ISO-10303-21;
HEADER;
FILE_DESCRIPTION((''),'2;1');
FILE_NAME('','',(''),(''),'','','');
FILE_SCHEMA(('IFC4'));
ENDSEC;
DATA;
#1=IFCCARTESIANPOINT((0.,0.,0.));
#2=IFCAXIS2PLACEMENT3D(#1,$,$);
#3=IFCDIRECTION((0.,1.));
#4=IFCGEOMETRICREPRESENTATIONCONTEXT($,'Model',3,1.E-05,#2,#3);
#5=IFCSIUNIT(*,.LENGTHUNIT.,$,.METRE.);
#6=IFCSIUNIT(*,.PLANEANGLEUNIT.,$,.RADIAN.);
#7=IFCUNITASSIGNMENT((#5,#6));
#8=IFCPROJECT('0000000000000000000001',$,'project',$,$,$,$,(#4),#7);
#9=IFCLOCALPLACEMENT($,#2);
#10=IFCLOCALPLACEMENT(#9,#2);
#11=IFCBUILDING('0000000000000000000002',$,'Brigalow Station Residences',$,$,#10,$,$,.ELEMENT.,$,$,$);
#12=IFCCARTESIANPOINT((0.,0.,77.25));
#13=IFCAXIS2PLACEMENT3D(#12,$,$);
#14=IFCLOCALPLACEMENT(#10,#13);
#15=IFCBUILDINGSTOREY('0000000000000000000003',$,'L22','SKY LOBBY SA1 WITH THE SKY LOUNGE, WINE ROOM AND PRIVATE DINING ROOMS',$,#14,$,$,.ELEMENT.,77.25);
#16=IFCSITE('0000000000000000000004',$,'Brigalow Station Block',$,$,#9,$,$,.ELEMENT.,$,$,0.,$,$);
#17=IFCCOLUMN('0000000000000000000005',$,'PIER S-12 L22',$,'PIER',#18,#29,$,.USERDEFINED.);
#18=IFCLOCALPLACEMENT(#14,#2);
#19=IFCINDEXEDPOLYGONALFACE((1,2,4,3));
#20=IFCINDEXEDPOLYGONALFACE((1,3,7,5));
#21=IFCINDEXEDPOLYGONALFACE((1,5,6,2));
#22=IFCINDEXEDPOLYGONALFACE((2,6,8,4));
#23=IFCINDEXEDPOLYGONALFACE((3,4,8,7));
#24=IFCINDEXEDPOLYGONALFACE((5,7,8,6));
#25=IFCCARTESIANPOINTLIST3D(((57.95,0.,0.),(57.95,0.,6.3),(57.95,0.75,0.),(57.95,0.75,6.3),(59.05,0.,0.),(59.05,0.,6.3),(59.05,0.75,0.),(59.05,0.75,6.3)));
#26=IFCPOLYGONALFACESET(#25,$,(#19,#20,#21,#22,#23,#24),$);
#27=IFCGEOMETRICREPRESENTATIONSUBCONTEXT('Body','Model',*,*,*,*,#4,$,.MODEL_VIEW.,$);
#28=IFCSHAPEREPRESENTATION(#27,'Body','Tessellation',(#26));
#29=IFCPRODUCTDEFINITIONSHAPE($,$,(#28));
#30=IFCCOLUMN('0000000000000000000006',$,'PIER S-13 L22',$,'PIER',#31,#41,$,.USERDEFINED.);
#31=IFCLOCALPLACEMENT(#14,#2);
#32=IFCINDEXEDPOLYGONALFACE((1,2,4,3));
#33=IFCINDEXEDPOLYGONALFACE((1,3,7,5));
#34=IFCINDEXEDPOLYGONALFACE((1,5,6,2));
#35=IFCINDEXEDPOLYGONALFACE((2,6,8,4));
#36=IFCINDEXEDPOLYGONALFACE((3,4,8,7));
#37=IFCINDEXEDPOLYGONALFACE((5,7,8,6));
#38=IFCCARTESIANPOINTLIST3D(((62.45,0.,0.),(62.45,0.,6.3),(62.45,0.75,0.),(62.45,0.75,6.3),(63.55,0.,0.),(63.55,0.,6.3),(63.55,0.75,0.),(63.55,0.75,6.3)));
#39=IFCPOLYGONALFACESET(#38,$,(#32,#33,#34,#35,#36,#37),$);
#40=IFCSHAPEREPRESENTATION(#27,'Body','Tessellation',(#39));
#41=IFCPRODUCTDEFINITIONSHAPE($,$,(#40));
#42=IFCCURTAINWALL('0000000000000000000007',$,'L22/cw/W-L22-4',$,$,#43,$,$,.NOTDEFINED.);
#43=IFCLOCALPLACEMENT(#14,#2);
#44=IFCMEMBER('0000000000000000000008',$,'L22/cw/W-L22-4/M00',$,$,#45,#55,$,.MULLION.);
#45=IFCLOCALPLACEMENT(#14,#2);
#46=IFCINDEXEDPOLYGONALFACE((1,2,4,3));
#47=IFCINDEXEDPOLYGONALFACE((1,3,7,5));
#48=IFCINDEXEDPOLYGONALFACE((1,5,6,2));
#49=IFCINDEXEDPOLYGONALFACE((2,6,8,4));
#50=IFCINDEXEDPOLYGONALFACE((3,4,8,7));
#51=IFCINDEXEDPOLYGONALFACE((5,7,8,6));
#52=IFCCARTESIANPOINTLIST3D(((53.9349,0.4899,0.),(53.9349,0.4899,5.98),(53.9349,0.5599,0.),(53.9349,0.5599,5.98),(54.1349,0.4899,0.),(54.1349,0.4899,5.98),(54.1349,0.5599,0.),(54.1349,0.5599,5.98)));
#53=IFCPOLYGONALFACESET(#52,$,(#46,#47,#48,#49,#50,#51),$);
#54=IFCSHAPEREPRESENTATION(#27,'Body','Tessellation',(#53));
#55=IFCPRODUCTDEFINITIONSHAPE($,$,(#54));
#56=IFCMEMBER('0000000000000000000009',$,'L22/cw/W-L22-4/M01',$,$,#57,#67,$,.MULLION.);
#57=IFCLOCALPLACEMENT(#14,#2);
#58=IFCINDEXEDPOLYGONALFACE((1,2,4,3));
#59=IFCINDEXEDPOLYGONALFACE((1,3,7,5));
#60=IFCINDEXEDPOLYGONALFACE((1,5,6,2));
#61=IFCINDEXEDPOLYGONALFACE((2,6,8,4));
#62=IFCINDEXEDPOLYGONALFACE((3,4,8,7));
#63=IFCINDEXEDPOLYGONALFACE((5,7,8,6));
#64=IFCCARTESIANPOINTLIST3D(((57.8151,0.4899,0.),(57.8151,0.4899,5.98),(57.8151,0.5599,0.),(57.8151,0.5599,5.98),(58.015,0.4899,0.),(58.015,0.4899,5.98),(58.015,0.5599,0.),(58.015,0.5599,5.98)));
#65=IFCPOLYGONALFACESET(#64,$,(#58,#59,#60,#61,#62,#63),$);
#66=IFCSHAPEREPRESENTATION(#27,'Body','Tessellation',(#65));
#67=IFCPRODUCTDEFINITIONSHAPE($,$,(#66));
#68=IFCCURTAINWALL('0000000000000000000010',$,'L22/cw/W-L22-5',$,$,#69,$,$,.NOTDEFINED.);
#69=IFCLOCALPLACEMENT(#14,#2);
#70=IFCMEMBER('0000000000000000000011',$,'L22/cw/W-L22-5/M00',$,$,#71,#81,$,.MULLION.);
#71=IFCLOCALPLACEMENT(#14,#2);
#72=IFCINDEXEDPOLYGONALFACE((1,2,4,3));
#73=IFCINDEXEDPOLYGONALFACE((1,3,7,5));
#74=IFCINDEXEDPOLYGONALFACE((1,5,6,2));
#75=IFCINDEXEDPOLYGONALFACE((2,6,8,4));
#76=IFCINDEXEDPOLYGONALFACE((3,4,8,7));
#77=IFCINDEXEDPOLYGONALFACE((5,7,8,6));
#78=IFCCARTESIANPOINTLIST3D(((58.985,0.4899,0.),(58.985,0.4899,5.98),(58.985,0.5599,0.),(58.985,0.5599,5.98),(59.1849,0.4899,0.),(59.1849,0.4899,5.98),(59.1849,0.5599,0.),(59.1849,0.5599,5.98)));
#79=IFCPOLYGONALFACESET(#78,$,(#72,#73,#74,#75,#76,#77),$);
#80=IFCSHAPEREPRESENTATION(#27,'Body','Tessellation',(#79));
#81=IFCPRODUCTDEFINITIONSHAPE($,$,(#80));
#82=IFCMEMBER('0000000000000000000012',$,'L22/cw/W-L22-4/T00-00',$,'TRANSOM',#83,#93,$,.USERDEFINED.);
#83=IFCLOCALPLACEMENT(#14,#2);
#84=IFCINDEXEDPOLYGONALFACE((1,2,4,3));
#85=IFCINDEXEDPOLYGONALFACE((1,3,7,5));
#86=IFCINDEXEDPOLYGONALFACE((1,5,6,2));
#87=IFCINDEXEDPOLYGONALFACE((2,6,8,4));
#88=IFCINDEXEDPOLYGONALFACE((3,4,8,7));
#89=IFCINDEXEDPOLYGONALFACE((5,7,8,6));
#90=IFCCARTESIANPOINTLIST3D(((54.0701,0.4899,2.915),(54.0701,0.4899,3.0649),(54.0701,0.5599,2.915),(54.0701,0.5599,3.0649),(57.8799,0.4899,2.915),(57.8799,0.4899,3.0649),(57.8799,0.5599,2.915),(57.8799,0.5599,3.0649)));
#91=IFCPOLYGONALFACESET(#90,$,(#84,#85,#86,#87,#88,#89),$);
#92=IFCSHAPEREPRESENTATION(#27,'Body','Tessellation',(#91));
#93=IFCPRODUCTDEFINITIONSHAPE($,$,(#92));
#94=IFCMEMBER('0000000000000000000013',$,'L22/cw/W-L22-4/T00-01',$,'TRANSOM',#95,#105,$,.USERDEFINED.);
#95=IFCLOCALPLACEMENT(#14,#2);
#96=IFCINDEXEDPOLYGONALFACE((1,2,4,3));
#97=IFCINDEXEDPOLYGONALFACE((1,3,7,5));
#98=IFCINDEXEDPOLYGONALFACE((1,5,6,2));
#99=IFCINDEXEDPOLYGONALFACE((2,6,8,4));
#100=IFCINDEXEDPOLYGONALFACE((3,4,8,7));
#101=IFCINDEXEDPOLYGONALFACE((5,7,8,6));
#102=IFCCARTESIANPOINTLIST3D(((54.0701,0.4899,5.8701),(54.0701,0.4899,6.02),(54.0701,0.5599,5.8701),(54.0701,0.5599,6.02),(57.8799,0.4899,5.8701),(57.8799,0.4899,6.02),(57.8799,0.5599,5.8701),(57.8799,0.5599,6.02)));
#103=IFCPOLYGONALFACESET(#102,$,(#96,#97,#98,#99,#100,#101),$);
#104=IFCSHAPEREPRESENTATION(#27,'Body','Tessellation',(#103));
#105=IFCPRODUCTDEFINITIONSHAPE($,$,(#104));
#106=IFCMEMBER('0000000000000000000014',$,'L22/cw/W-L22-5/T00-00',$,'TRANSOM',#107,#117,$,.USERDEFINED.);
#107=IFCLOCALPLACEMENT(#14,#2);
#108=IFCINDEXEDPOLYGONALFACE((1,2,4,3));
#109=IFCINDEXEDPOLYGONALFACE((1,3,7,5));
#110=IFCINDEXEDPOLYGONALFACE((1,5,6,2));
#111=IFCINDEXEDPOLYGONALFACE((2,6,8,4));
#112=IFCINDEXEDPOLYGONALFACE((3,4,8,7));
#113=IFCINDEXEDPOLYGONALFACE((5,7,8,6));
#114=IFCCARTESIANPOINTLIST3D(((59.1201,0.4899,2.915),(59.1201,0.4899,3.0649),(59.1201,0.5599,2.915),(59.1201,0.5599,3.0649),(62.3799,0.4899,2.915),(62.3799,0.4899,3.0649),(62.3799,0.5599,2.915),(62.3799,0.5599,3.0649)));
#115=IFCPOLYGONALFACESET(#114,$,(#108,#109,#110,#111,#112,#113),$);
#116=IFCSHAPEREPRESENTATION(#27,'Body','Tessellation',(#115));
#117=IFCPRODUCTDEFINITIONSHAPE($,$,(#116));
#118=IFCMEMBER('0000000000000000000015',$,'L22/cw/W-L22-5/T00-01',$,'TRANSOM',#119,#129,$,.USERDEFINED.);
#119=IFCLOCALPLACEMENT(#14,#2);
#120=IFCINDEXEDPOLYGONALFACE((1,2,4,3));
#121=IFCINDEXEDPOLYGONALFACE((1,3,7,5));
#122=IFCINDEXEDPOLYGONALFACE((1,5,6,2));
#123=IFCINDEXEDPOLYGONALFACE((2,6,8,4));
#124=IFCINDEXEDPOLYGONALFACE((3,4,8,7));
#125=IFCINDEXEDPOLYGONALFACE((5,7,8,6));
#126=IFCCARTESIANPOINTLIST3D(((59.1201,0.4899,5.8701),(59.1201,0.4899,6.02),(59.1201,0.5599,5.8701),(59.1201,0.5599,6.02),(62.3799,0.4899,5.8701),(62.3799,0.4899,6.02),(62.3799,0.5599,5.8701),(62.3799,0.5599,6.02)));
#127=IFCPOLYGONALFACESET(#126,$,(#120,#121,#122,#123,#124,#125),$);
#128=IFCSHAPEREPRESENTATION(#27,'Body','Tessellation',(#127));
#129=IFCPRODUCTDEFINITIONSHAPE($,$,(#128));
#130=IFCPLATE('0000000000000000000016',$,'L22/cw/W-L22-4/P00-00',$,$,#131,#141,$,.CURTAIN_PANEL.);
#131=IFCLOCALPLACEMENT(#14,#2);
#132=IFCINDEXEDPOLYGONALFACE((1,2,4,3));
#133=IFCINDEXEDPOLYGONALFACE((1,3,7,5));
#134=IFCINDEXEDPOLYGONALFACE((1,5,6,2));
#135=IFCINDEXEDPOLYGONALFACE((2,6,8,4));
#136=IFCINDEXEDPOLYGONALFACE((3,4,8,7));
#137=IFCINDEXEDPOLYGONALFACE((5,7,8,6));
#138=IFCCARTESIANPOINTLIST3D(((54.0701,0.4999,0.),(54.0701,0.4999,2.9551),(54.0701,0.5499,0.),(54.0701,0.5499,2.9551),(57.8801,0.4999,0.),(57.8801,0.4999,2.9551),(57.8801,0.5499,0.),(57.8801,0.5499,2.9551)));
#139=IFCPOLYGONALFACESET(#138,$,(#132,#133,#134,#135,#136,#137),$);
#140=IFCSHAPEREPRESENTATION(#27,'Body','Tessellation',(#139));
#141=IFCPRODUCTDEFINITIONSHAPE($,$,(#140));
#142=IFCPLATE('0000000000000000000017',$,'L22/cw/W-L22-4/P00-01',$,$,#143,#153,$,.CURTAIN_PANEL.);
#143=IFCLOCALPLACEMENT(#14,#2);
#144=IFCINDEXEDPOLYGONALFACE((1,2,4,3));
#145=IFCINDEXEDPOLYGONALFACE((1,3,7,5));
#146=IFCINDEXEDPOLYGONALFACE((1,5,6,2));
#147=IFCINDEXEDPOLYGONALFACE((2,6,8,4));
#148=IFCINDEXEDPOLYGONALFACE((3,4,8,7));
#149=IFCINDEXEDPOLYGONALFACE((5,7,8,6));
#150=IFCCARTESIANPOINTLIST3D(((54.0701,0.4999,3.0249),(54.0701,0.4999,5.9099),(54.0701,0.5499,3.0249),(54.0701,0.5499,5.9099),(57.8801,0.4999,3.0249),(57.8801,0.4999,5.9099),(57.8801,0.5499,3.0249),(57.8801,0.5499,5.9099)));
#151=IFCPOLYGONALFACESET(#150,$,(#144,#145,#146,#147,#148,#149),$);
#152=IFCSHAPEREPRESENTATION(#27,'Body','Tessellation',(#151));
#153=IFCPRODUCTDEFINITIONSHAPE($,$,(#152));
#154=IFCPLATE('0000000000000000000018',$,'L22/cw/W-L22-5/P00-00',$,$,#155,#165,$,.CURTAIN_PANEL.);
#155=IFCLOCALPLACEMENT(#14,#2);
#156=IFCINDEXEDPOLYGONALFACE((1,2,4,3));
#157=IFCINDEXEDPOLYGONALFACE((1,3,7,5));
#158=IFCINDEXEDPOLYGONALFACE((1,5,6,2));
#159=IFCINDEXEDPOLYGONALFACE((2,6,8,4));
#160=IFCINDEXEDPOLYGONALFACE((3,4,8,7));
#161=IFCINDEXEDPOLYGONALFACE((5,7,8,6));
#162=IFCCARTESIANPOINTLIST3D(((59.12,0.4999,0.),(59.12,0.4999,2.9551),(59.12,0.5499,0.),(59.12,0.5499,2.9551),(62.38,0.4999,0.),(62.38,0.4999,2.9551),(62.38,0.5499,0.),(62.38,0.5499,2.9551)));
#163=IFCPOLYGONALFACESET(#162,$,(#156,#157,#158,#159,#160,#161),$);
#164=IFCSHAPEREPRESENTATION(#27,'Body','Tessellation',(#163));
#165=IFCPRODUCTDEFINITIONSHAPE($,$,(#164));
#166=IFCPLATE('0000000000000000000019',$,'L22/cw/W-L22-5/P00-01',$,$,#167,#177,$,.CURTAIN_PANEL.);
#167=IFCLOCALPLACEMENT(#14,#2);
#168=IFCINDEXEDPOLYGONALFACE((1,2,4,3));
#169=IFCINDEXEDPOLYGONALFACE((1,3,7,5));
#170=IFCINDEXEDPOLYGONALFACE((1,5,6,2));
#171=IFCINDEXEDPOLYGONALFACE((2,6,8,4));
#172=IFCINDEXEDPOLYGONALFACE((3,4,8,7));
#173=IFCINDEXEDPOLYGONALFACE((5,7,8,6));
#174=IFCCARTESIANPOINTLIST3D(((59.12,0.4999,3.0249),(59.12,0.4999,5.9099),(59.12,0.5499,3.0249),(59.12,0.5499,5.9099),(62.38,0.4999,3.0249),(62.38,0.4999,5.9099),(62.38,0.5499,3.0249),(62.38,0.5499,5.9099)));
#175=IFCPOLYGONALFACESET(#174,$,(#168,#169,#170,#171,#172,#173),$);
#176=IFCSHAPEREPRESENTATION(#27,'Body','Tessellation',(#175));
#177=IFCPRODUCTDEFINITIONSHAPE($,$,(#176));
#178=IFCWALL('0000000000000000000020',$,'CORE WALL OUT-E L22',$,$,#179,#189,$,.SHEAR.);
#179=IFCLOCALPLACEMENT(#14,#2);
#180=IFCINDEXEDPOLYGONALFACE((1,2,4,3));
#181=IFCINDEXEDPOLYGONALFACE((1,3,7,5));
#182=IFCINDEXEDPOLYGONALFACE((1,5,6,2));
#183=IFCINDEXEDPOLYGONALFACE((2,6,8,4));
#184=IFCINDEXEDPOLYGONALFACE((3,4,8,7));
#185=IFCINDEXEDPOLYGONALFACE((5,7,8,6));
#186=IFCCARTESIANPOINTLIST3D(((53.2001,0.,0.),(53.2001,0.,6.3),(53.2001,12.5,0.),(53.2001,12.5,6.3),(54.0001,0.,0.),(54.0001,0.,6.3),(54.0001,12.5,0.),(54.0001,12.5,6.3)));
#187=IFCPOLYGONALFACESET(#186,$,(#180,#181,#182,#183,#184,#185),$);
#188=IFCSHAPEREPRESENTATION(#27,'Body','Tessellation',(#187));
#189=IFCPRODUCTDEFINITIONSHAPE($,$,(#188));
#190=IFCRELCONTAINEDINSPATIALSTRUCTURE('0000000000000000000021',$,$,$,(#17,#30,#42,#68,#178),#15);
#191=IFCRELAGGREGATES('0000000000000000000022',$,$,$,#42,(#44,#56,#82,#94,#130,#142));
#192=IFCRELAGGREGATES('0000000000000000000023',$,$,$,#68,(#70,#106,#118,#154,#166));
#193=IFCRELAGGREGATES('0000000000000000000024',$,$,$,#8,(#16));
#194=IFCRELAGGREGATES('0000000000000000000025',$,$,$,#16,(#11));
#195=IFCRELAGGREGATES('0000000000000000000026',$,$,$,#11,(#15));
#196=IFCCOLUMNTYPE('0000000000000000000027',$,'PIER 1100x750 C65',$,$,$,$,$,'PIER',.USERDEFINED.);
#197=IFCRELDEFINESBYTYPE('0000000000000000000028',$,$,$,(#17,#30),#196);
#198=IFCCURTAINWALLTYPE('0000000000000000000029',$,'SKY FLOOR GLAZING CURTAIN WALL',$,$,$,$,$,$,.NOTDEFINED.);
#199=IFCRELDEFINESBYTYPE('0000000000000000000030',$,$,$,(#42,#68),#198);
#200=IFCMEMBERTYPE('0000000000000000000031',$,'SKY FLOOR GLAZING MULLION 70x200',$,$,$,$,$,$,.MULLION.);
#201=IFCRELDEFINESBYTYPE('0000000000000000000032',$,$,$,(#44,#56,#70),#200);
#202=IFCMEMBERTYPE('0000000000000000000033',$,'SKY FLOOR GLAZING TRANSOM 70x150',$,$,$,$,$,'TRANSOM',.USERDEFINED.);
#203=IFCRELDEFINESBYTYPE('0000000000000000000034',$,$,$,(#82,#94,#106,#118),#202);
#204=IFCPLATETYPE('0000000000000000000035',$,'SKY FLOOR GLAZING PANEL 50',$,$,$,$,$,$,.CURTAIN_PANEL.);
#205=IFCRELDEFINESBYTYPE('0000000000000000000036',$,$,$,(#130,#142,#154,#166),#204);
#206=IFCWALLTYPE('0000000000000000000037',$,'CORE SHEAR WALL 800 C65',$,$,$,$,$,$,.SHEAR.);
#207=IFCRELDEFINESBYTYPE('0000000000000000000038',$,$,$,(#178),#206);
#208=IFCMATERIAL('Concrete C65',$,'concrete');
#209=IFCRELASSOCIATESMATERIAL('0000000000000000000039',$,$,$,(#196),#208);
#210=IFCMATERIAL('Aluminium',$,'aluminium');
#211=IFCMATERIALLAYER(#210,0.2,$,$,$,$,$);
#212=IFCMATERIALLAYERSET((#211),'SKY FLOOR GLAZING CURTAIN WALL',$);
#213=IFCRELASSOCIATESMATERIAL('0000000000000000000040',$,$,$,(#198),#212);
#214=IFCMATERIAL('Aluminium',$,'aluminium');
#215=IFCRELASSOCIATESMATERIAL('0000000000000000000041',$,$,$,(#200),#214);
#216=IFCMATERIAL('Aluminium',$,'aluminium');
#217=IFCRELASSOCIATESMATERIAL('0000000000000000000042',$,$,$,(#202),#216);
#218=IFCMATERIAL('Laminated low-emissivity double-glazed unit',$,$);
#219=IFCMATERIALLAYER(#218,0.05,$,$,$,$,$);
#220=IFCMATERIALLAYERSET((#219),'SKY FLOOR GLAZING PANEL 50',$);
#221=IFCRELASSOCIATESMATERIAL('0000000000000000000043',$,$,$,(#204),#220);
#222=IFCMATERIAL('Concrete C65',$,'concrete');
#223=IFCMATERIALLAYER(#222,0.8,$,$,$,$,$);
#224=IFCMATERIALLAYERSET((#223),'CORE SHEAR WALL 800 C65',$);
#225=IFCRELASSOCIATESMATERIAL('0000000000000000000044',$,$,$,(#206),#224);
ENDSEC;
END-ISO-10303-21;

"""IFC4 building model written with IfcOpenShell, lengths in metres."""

from ifc_helpers import new_model, si_unit, direction, frame, frame_2d, origin, origin_2d, place, context, subcontext, project, spatial, rectangle, extrude, material, layer, layer_set, material_profile, profile_set, type_object, element, aggregate, save


model = new_model("IFC4")

# Units and contexts
model_context = context("Model", 3, precision=1e-05, world=origin(), true_north=direction((0.0, 1.0)))
body_context = subcontext(model_context, "Body", "Model", "MODEL_VIEW")
ifc_project = project(units=[si_unit("LENGTHUNIT", "METRE"), si_unit("PLANEANGLEUNIT", "RADIAN")], contexts=[model_context])

# Site, building, storey
site_placement = place(None, origin())
site = spatial("IfcSite", under=ifc_project, at=site_placement, Name="Brigalow Station Block", CompositionType="ELEMENT", RefElevation=0.0)
building_placement = place(site_placement, origin())
building = spatial("IfcBuilding", under=site, at=building_placement, Name="Brigalow Station Residences", CompositionType="ELEMENT")
storey_placement = place(building_placement, frame((0.0, 0.0, 77.25)))
storey = spatial("IfcBuildingStorey", under=building, at=storey_placement, Name="L22", Description="SKY LOBBY SA1 WITH THE SKY LOUNGE, WINE ROOM AND PRIVATE DINING ROOMS", CompositionType="ELEMENT", Elevation=77.25)

# Columns
ifc_material_1 = material(Name="Concrete C65", Category="concrete")
ifc_material_profile_1 = material_profile(ifc_material_1, rectangle(XDim=1.1001, YDim=0.75, at=origin_2d()), Name="RC1100x750")
ifc_profile_set_1 = profile_set([ifc_material_profile_1], Name="Concrete C65")
column_type = type_object("IfcColumnType", Name="PIER 1100x750 C65", ElementType="PIER", PredefinedType="USERDEFINED", material=ifc_profile_set_1)
for number, where, z_axis, x_axis, name in (
    (1, (58.5, 0.375, 0.0), (0.0, 0.0, 1.0), (1.0, 0.0, 0.0), "PIER S-12 L22"),
    (2, (63.0, 0.375, 0.0), (0.0, 0.0, 1.0), (1.0, 0.0, 0.0), "PIER S-13 L22"),
):
    element("IfcColumn", number, at=place(storey_placement, frame(where, z_axis=z_axis, x_axis=x_axis)), inside=storey, type_object=column_type, Name=name, ObjectType="PIER", PredefinedType="USERDEFINED", context=body_context, shape_type="SweptSolid", body=[
        extrude(rectangle(XDim=1.1001, YDim=0.75, at=origin_2d()), origin(), (0.0, 0.0, 1.0), 6.3),
    ])

# Curtain wall, members
ifc_material_2 = material(Name="Aluminium", Category="aluminium")
ifc_layer_1 = layer(ifc_material_2, 0.2)
ifc_layer_set_1 = layer_set([ifc_layer_1], Name="SKY FLOOR GLAZING CURTAIN WALL")
curtain_wall_type = type_object("IfcCurtainWallType", Name="SKY FLOOR GLAZING CURTAIN WALL", PredefinedType="NOTDEFINED", material=ifc_layer_set_1)
curtain_wall_1_placement = place(storey_placement, origin())
curtain_wall_1 = element("IfcCurtainWall", 3, at=curtain_wall_1_placement, inside=storey, type_object=curtain_wall_type, Name="L22/cw/W-L22-4", PredefinedType="NOTDEFINED")
ifc_material_3 = material(Name="Aluminium", Category="aluminium")
ifc_material_profile_2 = material_profile(ifc_material_3, rectangle(XDim=0.0701, YDim=0.2, at=origin_2d()), Name="SKY FLOOR GLAZING MULLION 70x200")
ifc_profile_set_2 = profile_set([ifc_material_profile_2], Name="Aluminium")
member_type_1 = type_object("IfcMemberType", Name="SKY FLOOR GLAZING MULLION 70x200", PredefinedType="MULLION", material=ifc_profile_set_2)
member_1_placement = place(storey_placement, frame((54.0349, 0.5249, 0.0), z_axis=(0.0, 0.0, 1.0), x_axis=(0.0, 1.0, 0.0)))
member_1 = element("IfcMember", 4, at=member_1_placement, type_object=member_type_1, Name="L22/cw/W-L22-4/M00", PredefinedType="MULLION", context=body_context, shape_type="SweptSolid", body=[
    extrude(rectangle(XDim=0.0701, YDim=0.2, at=origin_2d()), origin(), (0.0, 0.0, 1.0), 5.98),
])
member_2_placement = place(storey_placement, frame((57.915, 0.5249, 0.0), z_axis=(0.0, 0.0, 1.0), x_axis=(0.0, 1.0, 0.0)))
member_2 = element("IfcMember", 5, at=member_2_placement, type_object=member_type_1, Name="L22/cw/W-L22-4/M01", PredefinedType="MULLION", context=body_context, shape_type="SweptSolid", body=[
    extrude(rectangle(XDim=0.0701, YDim=0.2, at=origin_2d()), origin(), (0.0, 0.0, 1.0), 5.98),
])

# Curtain wall, member
curtain_wall_2_placement = place(storey_placement, origin())
curtain_wall_2 = element("IfcCurtainWall", 6, at=curtain_wall_2_placement, inside=storey, type_object=curtain_wall_type, Name="L22/cw/W-L22-5", PredefinedType="NOTDEFINED")
member_3_placement = place(storey_placement, frame((59.085, 0.5249, 0.0), z_axis=(0.0, 0.0, 1.0), x_axis=(0.0, 1.0, 0.0)))
member_3 = element("IfcMember", 7, at=member_3_placement, type_object=member_type_1, Name="L22/cw/W-L22-5/M00", PredefinedType="MULLION", context=body_context, shape_type="SweptSolid", body=[
    extrude(rectangle(XDim=0.0701, YDim=0.2, at=origin_2d()), origin(), (0.0, 0.0, 1.0), 5.98),
])

# Members
ifc_material_4 = material(Name="Aluminium", Category="aluminium")
ifc_material_profile_3 = material_profile(ifc_material_4, rectangle(XDim=0.0701, YDim=0.1499, at=origin_2d()), Name="SKY FLOOR GLAZING TRANSOM 70x150")
ifc_profile_set_3 = profile_set([ifc_material_profile_3], Name="Aluminium")
member_type_2 = type_object("IfcMemberType", Name="SKY FLOOR GLAZING TRANSOM 70x150", ElementType="TRANSOM", PredefinedType="USERDEFINED", material=ifc_profile_set_3)
member_4_placement = place(storey_placement, frame((54.0701, 0.5249, 2.99), z_axis=(1.0, 0.0, 0.0), x_axis=(0.0, 1.0, 0.0)))
member_4 = element("IfcMember", 8, at=member_4_placement, type_object=member_type_2, Name="L22/cw/W-L22-4/T00-00", ObjectType="TRANSOM", PredefinedType="USERDEFINED", context=body_context, shape_type="SweptSolid", body=[
    extrude(rectangle(XDim=0.0701, YDim=0.1499, at=origin_2d()), origin(), (0.0, 0.0, 1.0), 3.8098),
])
member_5_placement = place(storey_placement, frame((54.0701, 0.5249, 5.9451), z_axis=(1.0, 0.0, 0.0), x_axis=(0.0, 1.0, 0.0)))
member_5 = element("IfcMember", 9, at=member_5_placement, type_object=member_type_2, Name="L22/cw/W-L22-4/T00-01", ObjectType="TRANSOM", PredefinedType="USERDEFINED", context=body_context, shape_type="SweptSolid", body=[
    extrude(rectangle(XDim=0.0701, YDim=0.1499, at=origin_2d()), origin(), (0.0, 0.0, 1.0), 3.8098),
])
member_6_placement = place(storey_placement, frame((59.1201, 0.5249, 2.99), z_axis=(1.0, 0.0, 0.0), x_axis=(0.0, 1.0, 0.0)))
member_6 = element("IfcMember", 10, at=member_6_placement, type_object=member_type_2, Name="L22/cw/W-L22-5/T00-00", ObjectType="TRANSOM", PredefinedType="USERDEFINED", context=body_context, shape_type="SweptSolid", body=[
    extrude(rectangle(XDim=0.0701, YDim=0.1499, at=origin_2d()), origin(), (0.0, 0.0, 1.0), 3.2598),
])
member_7_placement = place(storey_placement, frame((59.1201, 0.5249, 5.9451), z_axis=(1.0, 0.0, 0.0), x_axis=(0.0, 1.0, 0.0)))
member_7 = element("IfcMember", 11, at=member_7_placement, type_object=member_type_2, Name="L22/cw/W-L22-5/T00-01", ObjectType="TRANSOM", PredefinedType="USERDEFINED", context=body_context, shape_type="SweptSolid", body=[
    extrude(rectangle(XDim=0.0701, YDim=0.1499, at=origin_2d()), origin(), (0.0, 0.0, 1.0), 3.2598),
])

# Plates
ifc_material_5 = material(Name="Laminated low-emissivity double-glazed unit")
ifc_layer_2 = layer(ifc_material_5, 0.05)
ifc_layer_set_2 = layer_set([ifc_layer_2], Name="SKY FLOOR GLAZING PANEL 50")
plate_type = type_object("IfcPlateType", Name="SKY FLOOR GLAZING PANEL 50", PredefinedType="CURTAIN_PANEL", material=ifc_layer_set_2)
plate_1_placement = place(storey_placement, frame((55.9751, 0.5249, 0.0), z_axis=(0.0, 0.0, 1.0), x_axis=(1.0, 0.0, 0.0)))
plate_1 = element("IfcPlate", 12, at=plate_1_placement, type_object=plate_type, Name="L22/cw/W-L22-4/P00-00", PredefinedType="CURTAIN_PANEL", context=body_context, shape_type="SweptSolid", body=[
    extrude(rectangle(XDim=3.8101, YDim=0.05, at=origin_2d()), origin(), (0.0, 0.0, 1.0), 2.9551),
])
plate_2_placement = place(storey_placement, frame((55.9751, 0.5249, 3.0249), z_axis=(0.0, 0.0, 1.0), x_axis=(1.0, 0.0, 0.0)))
plate_2 = element("IfcPlate", 13, at=plate_2_placement, type_object=plate_type, Name="L22/cw/W-L22-4/P00-01", PredefinedType="CURTAIN_PANEL", context=body_context, shape_type="SweptSolid", body=[
    extrude(rectangle(XDim=3.8101, YDim=0.05, at=origin_2d()), origin(), (0.0, 0.0, 1.0), 2.885),
])
aggregate(curtain_wall_1, [member_1, member_2, member_4, member_5, plate_1, plate_2])
plate_3_placement = place(storey_placement, frame((60.75, 0.5249, 0.0), z_axis=(0.0, 0.0, 1.0), x_axis=(1.0, 0.0, 0.0)))
plate_3 = element("IfcPlate", 14, at=plate_3_placement, type_object=plate_type, Name="L22/cw/W-L22-5/P00-00", PredefinedType="CURTAIN_PANEL", context=body_context, shape_type="SweptSolid", body=[
    extrude(rectangle(XDim=3.26, YDim=0.05, at=origin_2d()), origin(), (0.0, 0.0, 1.0), 2.9551),
])
plate_4_placement = place(storey_placement, frame((60.75, 0.5249, 3.0249), z_axis=(0.0, 0.0, 1.0), x_axis=(1.0, 0.0, 0.0)))
plate_4 = element("IfcPlate", 15, at=plate_4_placement, type_object=plate_type, Name="L22/cw/W-L22-5/P00-01", PredefinedType="CURTAIN_PANEL", context=body_context, shape_type="SweptSolid", body=[
    extrude(rectangle(XDim=3.26, YDim=0.05, at=origin_2d()), origin(), (0.0, 0.0, 1.0), 2.885),
])
aggregate(curtain_wall_2, [member_3, member_6, member_7, plate_3, plate_4])

# Wall
ifc_material_6 = material(Name="Concrete C65", Category="concrete")
ifc_layer_3 = layer(ifc_material_6, 0.8)
ifc_layer_set_3 = layer_set([ifc_layer_3], Name="CORE SHEAR WALL 800 C65")
wall_type = type_object("IfcWallType", Name="CORE SHEAR WALL 800 C65", PredefinedType="SHEAR", material=ifc_layer_set_3)
wall_placement = place(storey_placement, frame((53.6001, 0.0, 0.0), z_axis=(0.0, 0.0, 1.0), x_axis=(0.0, 1.0, 0.0)))
element("IfcWall", 16, at=wall_placement, inside=storey, type_object=wall_type, Name="CORE WALL OUT-E L22", PredefinedType="SHEAR", context=body_context, shape_type="SweptSolid", body=[
    extrude(rectangle(XDim=12.5, YDim=0.8, at=frame_2d((6.25, 0.0))), origin(), (0.0, 0.0, 1.0), 6.3),
])

save(model, "model.ifc")
